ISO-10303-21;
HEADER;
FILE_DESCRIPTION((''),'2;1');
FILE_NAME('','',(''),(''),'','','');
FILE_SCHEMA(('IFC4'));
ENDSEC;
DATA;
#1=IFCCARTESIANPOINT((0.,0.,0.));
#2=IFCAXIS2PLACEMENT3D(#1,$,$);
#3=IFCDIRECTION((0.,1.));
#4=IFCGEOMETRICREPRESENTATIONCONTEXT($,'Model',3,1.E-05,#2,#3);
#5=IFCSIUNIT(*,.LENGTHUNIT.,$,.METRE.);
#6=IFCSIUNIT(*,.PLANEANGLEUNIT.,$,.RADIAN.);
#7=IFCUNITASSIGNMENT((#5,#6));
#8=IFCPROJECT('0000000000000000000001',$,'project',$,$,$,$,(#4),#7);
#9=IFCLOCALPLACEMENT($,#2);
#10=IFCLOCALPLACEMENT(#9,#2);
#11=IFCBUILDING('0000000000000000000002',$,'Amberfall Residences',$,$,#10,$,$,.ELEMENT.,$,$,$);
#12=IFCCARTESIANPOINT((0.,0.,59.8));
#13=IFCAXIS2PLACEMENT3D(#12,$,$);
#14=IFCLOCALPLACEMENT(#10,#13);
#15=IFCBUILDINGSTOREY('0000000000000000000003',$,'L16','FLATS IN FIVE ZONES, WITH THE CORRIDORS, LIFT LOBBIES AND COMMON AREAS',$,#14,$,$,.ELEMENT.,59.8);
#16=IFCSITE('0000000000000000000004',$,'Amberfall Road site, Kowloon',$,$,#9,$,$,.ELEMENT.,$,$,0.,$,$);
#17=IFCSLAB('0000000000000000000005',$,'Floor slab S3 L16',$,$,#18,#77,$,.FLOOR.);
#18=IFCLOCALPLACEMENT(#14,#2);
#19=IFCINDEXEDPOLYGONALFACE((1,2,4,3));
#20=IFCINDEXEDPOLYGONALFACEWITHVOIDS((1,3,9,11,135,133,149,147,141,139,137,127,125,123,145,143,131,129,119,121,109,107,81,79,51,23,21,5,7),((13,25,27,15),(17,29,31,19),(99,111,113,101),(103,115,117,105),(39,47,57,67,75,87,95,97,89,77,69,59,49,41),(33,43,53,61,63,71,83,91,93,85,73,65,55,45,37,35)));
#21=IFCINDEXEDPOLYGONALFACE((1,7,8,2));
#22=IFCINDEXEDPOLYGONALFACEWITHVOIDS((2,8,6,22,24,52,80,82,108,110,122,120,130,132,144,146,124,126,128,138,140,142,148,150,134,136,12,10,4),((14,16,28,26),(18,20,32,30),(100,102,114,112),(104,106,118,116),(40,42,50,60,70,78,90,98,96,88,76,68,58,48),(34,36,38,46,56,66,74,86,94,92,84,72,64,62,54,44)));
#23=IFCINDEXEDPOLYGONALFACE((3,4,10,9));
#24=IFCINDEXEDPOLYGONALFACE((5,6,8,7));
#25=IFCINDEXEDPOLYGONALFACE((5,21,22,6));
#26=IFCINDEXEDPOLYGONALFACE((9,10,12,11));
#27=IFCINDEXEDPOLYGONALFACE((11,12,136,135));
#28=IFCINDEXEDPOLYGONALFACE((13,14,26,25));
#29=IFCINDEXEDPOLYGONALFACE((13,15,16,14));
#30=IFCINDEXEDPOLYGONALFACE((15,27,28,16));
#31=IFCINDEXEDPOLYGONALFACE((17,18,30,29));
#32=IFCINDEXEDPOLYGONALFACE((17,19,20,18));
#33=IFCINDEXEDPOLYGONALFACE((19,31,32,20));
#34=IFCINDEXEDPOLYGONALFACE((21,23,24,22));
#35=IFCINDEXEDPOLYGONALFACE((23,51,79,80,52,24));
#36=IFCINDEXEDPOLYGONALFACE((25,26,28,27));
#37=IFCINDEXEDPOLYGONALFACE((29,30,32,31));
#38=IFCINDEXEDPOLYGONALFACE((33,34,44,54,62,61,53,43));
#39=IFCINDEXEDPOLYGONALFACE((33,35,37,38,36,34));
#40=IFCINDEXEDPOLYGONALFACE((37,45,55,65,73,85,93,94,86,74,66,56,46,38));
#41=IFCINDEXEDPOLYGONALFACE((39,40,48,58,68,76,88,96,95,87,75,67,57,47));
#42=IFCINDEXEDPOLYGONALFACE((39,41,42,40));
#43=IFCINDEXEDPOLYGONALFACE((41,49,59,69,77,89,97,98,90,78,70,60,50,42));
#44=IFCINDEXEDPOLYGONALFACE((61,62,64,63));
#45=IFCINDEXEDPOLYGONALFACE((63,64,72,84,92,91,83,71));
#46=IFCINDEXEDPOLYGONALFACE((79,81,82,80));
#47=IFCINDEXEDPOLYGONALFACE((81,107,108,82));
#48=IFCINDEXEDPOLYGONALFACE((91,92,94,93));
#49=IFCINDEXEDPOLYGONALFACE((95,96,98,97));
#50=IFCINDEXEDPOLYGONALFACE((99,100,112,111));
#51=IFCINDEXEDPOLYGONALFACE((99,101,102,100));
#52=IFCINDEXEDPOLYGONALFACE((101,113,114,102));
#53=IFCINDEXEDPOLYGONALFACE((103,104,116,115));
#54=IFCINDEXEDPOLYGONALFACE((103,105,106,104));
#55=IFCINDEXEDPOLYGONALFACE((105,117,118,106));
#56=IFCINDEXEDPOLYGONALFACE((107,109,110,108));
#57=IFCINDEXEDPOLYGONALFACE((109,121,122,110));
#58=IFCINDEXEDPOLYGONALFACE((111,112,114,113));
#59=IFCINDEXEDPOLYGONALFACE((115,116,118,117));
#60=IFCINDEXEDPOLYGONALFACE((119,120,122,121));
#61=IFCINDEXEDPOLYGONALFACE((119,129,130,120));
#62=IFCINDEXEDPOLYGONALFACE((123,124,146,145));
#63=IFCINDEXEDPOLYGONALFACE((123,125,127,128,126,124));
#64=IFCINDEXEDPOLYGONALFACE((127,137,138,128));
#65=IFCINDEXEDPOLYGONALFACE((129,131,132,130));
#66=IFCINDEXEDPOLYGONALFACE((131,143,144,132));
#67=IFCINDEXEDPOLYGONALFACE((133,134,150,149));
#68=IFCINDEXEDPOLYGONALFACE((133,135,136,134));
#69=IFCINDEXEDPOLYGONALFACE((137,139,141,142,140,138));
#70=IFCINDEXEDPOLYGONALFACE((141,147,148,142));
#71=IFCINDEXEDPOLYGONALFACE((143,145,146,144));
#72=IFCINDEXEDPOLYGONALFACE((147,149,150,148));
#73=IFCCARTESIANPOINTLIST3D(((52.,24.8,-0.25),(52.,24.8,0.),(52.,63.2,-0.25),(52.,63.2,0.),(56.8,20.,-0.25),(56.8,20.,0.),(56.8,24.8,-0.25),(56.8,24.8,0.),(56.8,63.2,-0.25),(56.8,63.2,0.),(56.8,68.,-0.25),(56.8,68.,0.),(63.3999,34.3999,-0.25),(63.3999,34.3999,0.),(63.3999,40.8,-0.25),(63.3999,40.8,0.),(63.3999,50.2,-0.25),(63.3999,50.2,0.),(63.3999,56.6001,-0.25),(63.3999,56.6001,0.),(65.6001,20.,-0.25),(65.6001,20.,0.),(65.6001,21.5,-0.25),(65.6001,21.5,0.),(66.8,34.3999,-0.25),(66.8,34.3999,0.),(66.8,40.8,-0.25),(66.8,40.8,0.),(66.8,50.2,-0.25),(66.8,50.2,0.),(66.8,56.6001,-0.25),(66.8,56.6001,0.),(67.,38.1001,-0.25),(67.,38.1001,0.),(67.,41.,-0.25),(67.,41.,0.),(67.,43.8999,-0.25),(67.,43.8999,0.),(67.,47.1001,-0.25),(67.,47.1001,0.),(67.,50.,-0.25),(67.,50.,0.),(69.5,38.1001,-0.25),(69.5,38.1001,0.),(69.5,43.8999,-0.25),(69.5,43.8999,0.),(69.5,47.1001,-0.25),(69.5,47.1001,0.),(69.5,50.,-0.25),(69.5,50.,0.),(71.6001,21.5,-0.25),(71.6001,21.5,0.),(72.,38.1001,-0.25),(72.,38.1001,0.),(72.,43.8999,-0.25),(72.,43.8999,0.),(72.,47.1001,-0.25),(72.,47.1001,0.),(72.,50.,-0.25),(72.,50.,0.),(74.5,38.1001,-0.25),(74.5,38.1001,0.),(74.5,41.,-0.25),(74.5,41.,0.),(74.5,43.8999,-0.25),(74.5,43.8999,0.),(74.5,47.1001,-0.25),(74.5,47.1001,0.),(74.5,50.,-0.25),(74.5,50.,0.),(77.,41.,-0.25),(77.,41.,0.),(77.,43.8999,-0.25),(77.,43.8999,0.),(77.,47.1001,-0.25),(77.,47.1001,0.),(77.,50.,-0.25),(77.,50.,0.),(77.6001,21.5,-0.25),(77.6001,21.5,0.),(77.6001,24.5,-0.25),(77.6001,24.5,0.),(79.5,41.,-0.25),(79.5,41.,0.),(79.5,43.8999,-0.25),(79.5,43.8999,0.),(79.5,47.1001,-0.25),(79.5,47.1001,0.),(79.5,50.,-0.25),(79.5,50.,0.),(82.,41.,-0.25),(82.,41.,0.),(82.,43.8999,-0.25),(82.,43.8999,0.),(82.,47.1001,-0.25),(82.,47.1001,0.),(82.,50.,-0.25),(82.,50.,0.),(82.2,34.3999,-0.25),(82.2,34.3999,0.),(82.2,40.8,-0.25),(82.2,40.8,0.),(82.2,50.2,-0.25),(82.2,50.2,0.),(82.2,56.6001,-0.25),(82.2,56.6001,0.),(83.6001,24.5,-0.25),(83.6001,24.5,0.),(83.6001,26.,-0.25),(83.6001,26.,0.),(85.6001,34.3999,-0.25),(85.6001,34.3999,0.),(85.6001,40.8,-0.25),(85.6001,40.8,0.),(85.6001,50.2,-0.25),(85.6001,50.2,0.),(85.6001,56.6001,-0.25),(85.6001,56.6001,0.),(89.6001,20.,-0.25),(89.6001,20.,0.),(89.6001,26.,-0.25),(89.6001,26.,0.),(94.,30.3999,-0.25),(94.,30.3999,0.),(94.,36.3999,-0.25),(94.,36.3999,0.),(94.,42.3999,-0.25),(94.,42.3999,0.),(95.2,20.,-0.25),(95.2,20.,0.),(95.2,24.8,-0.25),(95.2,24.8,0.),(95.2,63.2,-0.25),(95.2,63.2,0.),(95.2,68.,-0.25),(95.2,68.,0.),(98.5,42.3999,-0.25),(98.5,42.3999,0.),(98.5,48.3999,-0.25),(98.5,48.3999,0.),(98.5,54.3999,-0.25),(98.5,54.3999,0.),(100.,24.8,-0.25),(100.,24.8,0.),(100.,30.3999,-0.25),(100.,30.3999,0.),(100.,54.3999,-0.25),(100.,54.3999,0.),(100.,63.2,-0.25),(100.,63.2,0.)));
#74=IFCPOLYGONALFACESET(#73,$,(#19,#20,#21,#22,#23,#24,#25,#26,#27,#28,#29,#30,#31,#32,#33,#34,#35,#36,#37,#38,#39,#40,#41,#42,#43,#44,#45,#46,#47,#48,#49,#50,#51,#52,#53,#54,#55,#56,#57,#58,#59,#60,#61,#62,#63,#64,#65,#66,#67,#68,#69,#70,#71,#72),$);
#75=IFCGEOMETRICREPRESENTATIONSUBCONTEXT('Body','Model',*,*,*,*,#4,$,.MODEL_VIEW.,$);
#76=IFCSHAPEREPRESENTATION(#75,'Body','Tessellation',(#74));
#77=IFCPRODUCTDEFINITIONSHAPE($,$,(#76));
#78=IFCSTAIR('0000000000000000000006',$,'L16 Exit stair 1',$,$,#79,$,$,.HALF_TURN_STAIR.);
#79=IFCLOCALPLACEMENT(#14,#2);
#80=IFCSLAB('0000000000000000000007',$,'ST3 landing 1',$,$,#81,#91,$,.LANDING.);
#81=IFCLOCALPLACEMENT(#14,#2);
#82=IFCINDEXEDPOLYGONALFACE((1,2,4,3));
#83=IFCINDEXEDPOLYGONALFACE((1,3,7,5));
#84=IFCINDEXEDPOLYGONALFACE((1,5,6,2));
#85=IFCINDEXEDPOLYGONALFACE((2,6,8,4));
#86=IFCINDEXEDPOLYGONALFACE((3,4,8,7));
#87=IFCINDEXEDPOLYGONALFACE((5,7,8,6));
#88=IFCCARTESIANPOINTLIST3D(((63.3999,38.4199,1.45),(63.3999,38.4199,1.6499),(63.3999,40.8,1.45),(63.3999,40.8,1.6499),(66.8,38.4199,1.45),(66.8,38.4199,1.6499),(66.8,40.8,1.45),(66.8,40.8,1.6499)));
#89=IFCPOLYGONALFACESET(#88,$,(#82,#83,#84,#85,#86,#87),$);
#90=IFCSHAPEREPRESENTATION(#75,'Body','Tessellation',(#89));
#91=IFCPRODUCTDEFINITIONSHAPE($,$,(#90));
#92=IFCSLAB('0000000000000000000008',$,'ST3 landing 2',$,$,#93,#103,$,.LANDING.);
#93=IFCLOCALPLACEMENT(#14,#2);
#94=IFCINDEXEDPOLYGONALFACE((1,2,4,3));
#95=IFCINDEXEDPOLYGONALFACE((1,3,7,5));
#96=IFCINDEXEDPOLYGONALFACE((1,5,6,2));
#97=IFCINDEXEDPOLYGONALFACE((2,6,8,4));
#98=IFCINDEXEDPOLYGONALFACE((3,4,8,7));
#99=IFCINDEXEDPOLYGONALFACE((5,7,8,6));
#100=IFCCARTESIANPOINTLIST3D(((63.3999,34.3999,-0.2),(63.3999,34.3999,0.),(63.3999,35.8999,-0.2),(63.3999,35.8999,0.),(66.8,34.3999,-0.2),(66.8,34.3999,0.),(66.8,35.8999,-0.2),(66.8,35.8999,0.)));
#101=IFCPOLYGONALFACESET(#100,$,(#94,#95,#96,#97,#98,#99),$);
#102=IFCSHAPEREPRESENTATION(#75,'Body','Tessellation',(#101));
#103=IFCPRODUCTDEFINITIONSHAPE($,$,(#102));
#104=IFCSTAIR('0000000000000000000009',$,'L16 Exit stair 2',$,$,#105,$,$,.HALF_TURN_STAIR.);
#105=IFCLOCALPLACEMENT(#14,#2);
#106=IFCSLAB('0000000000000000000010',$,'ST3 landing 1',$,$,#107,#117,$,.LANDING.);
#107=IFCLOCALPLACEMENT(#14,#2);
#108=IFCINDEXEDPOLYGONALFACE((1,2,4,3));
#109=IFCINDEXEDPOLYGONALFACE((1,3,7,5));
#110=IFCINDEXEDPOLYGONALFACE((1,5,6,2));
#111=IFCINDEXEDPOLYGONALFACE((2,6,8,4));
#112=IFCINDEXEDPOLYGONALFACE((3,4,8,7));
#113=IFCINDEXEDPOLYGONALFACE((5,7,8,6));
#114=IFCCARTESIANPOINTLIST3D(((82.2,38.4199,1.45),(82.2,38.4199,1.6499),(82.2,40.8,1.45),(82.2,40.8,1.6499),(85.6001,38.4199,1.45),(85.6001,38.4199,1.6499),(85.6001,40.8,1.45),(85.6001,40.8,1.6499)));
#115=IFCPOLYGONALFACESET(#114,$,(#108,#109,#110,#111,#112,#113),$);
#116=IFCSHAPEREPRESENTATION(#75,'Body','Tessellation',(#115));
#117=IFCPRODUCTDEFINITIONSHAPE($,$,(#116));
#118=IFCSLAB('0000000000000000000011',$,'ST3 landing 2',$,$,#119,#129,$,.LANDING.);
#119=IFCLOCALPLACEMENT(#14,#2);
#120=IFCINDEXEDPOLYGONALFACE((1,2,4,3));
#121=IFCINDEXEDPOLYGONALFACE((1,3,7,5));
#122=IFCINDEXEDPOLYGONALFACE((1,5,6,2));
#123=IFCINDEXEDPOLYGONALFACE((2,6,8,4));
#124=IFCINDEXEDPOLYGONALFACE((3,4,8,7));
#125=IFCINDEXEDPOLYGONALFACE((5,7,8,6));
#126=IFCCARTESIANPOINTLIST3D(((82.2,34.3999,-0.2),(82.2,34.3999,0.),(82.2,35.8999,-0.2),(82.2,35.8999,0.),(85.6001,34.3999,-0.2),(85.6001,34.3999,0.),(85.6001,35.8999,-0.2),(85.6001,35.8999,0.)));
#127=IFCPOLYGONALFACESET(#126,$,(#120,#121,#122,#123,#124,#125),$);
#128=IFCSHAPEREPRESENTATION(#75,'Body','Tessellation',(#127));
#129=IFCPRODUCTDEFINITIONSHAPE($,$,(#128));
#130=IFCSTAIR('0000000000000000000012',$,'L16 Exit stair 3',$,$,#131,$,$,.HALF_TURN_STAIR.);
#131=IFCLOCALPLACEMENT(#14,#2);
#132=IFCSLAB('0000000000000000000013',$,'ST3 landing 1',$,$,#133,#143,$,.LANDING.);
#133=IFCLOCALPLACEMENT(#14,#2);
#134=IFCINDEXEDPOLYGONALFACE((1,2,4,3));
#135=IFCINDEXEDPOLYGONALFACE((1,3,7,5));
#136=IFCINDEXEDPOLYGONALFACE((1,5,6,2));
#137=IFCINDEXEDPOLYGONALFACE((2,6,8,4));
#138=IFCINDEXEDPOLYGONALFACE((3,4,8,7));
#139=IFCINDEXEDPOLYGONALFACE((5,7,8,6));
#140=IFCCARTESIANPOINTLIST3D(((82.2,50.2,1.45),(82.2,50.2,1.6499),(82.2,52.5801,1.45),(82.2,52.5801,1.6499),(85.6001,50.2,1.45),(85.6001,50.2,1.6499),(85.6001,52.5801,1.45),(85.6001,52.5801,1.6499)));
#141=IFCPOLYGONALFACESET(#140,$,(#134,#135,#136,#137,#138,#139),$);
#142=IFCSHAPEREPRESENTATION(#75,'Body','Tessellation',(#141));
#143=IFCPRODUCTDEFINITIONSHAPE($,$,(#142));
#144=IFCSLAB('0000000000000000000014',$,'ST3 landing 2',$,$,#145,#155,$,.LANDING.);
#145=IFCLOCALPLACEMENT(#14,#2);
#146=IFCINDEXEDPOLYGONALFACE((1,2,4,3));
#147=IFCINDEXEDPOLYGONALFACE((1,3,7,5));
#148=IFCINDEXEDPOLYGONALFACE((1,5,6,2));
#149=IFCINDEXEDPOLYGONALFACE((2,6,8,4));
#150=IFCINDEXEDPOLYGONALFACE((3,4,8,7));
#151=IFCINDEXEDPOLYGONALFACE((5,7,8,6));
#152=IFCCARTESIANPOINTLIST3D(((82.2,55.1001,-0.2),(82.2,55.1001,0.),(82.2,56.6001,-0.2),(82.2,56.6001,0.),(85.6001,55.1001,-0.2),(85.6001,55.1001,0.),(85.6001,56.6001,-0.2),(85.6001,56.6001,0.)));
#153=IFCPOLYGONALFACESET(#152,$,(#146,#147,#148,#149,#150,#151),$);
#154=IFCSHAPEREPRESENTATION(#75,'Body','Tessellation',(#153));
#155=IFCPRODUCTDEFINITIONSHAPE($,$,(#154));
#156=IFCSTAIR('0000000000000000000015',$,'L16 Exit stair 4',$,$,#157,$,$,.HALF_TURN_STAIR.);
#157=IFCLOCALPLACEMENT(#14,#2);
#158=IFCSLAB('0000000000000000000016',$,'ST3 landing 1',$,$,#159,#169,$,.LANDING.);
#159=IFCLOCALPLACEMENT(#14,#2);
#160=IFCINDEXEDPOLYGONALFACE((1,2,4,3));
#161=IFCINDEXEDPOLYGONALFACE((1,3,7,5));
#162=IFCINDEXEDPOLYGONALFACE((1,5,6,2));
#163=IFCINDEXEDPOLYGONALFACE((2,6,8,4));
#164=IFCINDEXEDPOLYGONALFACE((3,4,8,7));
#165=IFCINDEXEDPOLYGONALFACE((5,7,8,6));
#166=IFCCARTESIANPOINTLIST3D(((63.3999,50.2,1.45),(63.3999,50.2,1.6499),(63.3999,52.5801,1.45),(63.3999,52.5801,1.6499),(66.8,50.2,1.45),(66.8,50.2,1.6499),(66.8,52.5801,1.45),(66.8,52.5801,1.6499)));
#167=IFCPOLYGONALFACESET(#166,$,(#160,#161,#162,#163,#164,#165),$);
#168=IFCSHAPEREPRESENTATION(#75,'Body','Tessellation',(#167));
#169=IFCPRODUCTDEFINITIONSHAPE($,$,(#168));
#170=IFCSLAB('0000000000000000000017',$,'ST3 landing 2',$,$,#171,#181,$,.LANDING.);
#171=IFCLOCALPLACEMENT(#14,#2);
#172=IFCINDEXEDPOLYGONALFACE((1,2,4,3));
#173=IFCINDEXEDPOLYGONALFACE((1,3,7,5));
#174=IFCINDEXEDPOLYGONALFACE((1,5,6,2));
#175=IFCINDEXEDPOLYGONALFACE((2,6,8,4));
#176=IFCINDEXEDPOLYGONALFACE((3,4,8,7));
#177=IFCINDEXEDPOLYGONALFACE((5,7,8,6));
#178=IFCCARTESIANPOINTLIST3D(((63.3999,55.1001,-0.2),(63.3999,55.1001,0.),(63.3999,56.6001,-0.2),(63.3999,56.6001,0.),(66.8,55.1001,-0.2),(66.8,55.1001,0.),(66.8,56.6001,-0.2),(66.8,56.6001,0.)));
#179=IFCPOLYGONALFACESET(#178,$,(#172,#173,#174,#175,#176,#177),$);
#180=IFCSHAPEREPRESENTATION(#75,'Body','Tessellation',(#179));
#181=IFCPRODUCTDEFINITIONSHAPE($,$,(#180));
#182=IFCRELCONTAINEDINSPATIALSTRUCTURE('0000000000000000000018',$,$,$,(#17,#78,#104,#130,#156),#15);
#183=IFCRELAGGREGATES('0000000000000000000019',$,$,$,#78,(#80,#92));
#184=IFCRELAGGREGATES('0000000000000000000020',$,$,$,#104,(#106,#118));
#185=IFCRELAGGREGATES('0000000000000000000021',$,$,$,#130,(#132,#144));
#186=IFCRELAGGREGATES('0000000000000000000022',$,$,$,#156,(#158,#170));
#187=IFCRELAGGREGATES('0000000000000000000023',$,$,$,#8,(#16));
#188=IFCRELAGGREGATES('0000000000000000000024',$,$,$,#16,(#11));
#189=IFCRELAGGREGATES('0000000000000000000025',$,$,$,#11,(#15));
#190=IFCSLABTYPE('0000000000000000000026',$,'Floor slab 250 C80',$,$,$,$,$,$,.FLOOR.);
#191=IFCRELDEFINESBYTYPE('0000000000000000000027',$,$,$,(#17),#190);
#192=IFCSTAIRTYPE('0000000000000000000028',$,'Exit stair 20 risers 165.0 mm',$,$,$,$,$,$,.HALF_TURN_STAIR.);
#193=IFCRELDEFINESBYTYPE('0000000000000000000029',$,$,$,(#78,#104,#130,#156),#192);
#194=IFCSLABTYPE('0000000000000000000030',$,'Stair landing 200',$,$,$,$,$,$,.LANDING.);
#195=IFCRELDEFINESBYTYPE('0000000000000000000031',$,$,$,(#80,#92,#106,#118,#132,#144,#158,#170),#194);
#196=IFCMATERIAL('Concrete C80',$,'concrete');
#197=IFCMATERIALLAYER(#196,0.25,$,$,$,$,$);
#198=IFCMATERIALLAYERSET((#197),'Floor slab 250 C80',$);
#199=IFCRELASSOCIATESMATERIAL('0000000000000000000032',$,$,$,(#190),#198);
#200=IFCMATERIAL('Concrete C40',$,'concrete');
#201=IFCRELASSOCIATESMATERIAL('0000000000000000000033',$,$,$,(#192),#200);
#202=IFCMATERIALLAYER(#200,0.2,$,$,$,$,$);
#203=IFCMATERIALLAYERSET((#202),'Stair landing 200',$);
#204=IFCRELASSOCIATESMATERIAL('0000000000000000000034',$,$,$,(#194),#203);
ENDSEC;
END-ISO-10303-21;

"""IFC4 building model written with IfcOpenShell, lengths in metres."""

from ifc_helpers import new_model, si_unit, direction, frame, origin, place, context, subcontext, project, spatial, polyline, outline, extrude, material, layer, layer_set, type_object, element, aggregate, save


model = new_model("IFC4")

# Units and contexts
model_context = context("Model", 3, precision=1e-05, world=origin(), true_north=direction((0.0, 1.0)))
body_context = subcontext(model_context, "Body", "Model", "MODEL_VIEW")
ifc_project = project(units=[si_unit("LENGTHUNIT", "METRE"), si_unit("PLANEANGLEUNIT", "RADIAN")], contexts=[model_context])

# Site, building, storey
site_placement = place(None, origin())
site = spatial("IfcSite", under=ifc_project, at=site_placement, Name="Amberfall Road site, Kowloon", CompositionType="ELEMENT", RefElevation=0.0)
building_placement = place(site_placement, origin())
building = spatial("IfcBuilding", under=site, at=building_placement, Name="Amberfall Residences", CompositionType="ELEMENT")
storey_placement = place(building_placement, frame((0.0, 0.0, 59.8)))
storey = spatial("IfcBuildingStorey", under=building, at=storey_placement, Name="L16", Description="FLATS IN FIVE ZONES, WITH THE CORRIDORS, LIFT LOBBIES AND COMMON AREAS", CompositionType="ELEMENT", Elevation=59.8)

# Slab
ifc_material_1 = material(Name="Concrete C80", Category="concrete")
ifc_layer_1 = layer(ifc_material_1, 0.25)
ifc_layer_set_1 = layer_set([ifc_layer_1], Name="Floor slab 250 C80")
slab_type_1 = type_object("IfcSlabType", Name="Floor slab 250 C80", PredefinedType="FLOOR", material=ifc_layer_set_1)
slab_1_placement = place(storey_placement, frame((0.0, 0.0, -0.25)))
element("IfcSlab", 1, at=slab_1_placement, inside=storey, type_object=slab_type_1, Name="Floor slab S3 L16", PredefinedType="FLOOR", context=body_context, shape_type="SweptSolid", body=[
    extrude(outline(polyline([(89.6001, 20.0), (89.6001, 26.0), (83.6001, 26.0), (83.6001, 24.5), (77.6001, 24.5), (77.6001, 21.5), (71.6001, 21.5), (65.6001, 21.5), (65.6001, 20.0), (56.8, 20.0), (56.8, 24.8), (52.0, 24.8), (52.0, 63.2), (56.8, 63.2), (56.8, 68.0), (95.2, 68.0), (95.2, 63.2), (100.0, 63.2), (100.0, 54.3999), (98.5, 54.3999), (98.5, 48.3999), (98.5, 42.3999), (94.0, 42.3999), (94.0, 36.3999), (94.0, 30.3999), (100.0, 30.3999), (100.0, 24.8), (95.2, 24.8), (95.2, 20.0), (89.6001, 20.0)]), holes=[polyline([(85.6001, 34.3999), (85.6001, 40.8), (82.2, 40.8), (82.2, 34.3999), (85.6001, 34.3999)]), polyline([(82.2, 50.2), (85.6001, 50.2), (85.6001, 56.6001), (82.2, 56.6001), (82.2, 50.2)]), polyline([(69.5, 50.0), (67.0, 50.0), (67.0, 47.1001), (69.5, 47.1001), (72.0, 47.1001), (74.5, 47.1001), (77.0, 47.1001), (79.5, 47.1001), (82.0, 47.1001), (82.0, 50.0), (79.5, 50.0), (77.0, 50.0), (74.5, 50.0), (72.0, 50.0), (69.5, 50.0)]), polyline([(74.5, 41.0), (77.0, 41.0), (79.5, 41.0), (82.0, 41.0), (82.0, 43.8999), (79.5, 43.8999), (77.0, 43.8999), (74.5, 43.8999), (72.0, 43.8999), (69.5, 43.8999), (67.0, 43.8999), (67.0, 41.0), (67.0, 38.1001), (69.5, 38.1001), (72.0, 38.1001), (74.5, 38.1001), (74.5, 41.0)]), polyline([(66.8, 34.3999), (66.8, 40.8), (63.3999, 40.8), (63.3999, 34.3999), (66.8, 34.3999)]), polyline([(66.8, 50.2), (66.8, 56.6001), (63.3999, 56.6001), (63.3999, 50.2), (66.8, 50.2)])]), origin(), (0.0, 0.0, 1.0), 0.25),
])

# Stairs, slabs
ifc_material_2 = material(Name="Concrete C40", Category="concrete")
stair_type = type_object("IfcStairType", Name="Exit stair 20 risers 165.0 mm", PredefinedType="HALF_TURN_STAIR", material=ifc_material_2)
stair_1_placement = place(storey_placement, origin())
stair_1 = element("IfcStair", 2, at=stair_1_placement, inside=storey, type_object=stair_type, Name="L16 Exit stair 1", PredefinedType="HALF_TURN_STAIR")
ifc_layer_2 = layer(ifc_material_2, 0.2)
ifc_layer_set_2 = layer_set([ifc_layer_2], Name="Stair landing 200")
slab_type_2 = type_object("IfcSlabType", Name="Stair landing 200", PredefinedType="LANDING", material=ifc_layer_set_2)
slab_2_placement = place(storey_placement, frame((0.0, 0.0, 1.45)))
slab_2 = element("IfcSlab", 3, at=slab_2_placement, type_object=slab_type_2, Name="ST3 landing 1", PredefinedType="LANDING", context=body_context, shape_type="SweptSolid", body=[
    extrude(outline(polyline([(66.8, 38.4199), (66.8, 40.8), (63.3999, 40.8), (63.3999, 38.4199), (66.8, 38.4199)])), origin(), (0.0, 0.0, 1.0), 0.2),
])
slab_3_placement = place(storey_placement, frame((0.0, 0.0, -0.2)))
slab_3 = element("IfcSlab", 4, at=slab_3_placement, type_object=slab_type_2, Name="ST3 landing 2", PredefinedType="LANDING", context=body_context, shape_type="SweptSolid", body=[
    extrude(outline(polyline([(66.8, 34.3999), (66.8, 35.8999), (63.3999, 35.8999), (63.3999, 34.3999), (66.8, 34.3999)])), origin(), (0.0, 0.0, 1.0), 0.2),
])
aggregate(stair_1, [slab_2, slab_3])
stair_2_placement = place(storey_placement, origin())
stair_2 = element("IfcStair", 5, at=stair_2_placement, inside=storey, type_object=stair_type, Name="L16 Exit stair 2", PredefinedType="HALF_TURN_STAIR")
slab_4_placement = place(storey_placement, frame((0.0, 0.0, 1.45)))
slab_4 = element("IfcSlab", 6, at=slab_4_placement, type_object=slab_type_2, Name="ST3 landing 1", PredefinedType="LANDING", context=body_context, shape_type="SweptSolid", body=[
    extrude(outline(polyline([(85.6001, 38.4199), (85.6001, 40.8), (82.2, 40.8), (82.2, 38.4199), (85.6001, 38.4199)])), origin(), (0.0, 0.0, 1.0), 0.2),
])
slab_5_placement = place(storey_placement, frame((0.0, 0.0, -0.2)))
slab_5 = element("IfcSlab", 7, at=slab_5_placement, type_object=slab_type_2, Name="ST3 landing 2", PredefinedType="LANDING", context=body_context, shape_type="SweptSolid", body=[
    extrude(outline(polyline([(85.6001, 34.3999), (85.6001, 35.8999), (82.2, 35.8999), (82.2, 34.3999), (85.6001, 34.3999)])), origin(), (0.0, 0.0, 1.0), 0.2),
])
aggregate(stair_2, [slab_4, slab_5])
stair_3_placement = place(storey_placement, origin())
stair_3 = element("IfcStair", 8, at=stair_3_placement, inside=storey, type_object=stair_type, Name="L16 Exit stair 3", PredefinedType="HALF_TURN_STAIR")
slab_6_placement = place(storey_placement, frame((0.0, 0.0, 1.45)))
slab_6 = element("IfcSlab", 9, at=slab_6_placement, type_object=slab_type_2, Name="ST3 landing 1", PredefinedType="LANDING", context=body_context, shape_type="SweptSolid", body=[
    extrude(outline(polyline([(82.2, 52.5801), (82.2, 50.2), (85.6001, 50.2), (85.6001, 52.5801), (82.2, 52.5801)])), origin(), (0.0, 0.0, 1.0), 0.2),
])
slab_7_placement = place(storey_placement, frame((0.0, 0.0, -0.2)))
slab_7 = element("IfcSlab", 10, at=slab_7_placement, type_object=slab_type_2, Name="ST3 landing 2", PredefinedType="LANDING", context=body_context, shape_type="SweptSolid", body=[
    extrude(outline(polyline([(82.2, 56.6001), (82.2, 55.1001), (85.6001, 55.1001), (85.6001, 56.6001), (82.2, 56.6001)])), origin(), (0.0, 0.0, 1.0), 0.2),
])
aggregate(stair_3, [slab_6, slab_7])
stair_4_placement = place(storey_placement, origin())
stair_4 = element("IfcStair", 11, at=stair_4_placement, inside=storey, type_object=stair_type, Name="L16 Exit stair 4", PredefinedType="HALF_TURN_STAIR")
slab_8_placement = place(storey_placement, frame((0.0, 0.0, 1.45)))
slab_8 = element("IfcSlab", 12, at=slab_8_placement, type_object=slab_type_2, Name="ST3 landing 1", PredefinedType="LANDING", context=body_context, shape_type="SweptSolid", body=[
    extrude(outline(polyline([(63.3999, 52.5801), (63.3999, 50.2), (66.8, 50.2), (66.8, 52.5801), (63.3999, 52.5801)])), origin(), (0.0, 0.0, 1.0), 0.2),
])
slab_9_placement = place(storey_placement, frame((0.0, 0.0, -0.2)))
slab_9 = element("IfcSlab", 13, at=slab_9_placement, type_object=slab_type_2, Name="ST3 landing 2", PredefinedType="LANDING", context=body_context, shape_type="SweptSolid", body=[
    extrude(outline(polyline([(63.3999, 56.6001), (63.3999, 55.1001), (66.8, 55.1001), (66.8, 56.6001), (63.3999, 56.6001)])), origin(), (0.0, 0.0, 1.0), 0.2),
])
aggregate(stair_4, [slab_8, slab_9])

save(model, "model.ifc")
